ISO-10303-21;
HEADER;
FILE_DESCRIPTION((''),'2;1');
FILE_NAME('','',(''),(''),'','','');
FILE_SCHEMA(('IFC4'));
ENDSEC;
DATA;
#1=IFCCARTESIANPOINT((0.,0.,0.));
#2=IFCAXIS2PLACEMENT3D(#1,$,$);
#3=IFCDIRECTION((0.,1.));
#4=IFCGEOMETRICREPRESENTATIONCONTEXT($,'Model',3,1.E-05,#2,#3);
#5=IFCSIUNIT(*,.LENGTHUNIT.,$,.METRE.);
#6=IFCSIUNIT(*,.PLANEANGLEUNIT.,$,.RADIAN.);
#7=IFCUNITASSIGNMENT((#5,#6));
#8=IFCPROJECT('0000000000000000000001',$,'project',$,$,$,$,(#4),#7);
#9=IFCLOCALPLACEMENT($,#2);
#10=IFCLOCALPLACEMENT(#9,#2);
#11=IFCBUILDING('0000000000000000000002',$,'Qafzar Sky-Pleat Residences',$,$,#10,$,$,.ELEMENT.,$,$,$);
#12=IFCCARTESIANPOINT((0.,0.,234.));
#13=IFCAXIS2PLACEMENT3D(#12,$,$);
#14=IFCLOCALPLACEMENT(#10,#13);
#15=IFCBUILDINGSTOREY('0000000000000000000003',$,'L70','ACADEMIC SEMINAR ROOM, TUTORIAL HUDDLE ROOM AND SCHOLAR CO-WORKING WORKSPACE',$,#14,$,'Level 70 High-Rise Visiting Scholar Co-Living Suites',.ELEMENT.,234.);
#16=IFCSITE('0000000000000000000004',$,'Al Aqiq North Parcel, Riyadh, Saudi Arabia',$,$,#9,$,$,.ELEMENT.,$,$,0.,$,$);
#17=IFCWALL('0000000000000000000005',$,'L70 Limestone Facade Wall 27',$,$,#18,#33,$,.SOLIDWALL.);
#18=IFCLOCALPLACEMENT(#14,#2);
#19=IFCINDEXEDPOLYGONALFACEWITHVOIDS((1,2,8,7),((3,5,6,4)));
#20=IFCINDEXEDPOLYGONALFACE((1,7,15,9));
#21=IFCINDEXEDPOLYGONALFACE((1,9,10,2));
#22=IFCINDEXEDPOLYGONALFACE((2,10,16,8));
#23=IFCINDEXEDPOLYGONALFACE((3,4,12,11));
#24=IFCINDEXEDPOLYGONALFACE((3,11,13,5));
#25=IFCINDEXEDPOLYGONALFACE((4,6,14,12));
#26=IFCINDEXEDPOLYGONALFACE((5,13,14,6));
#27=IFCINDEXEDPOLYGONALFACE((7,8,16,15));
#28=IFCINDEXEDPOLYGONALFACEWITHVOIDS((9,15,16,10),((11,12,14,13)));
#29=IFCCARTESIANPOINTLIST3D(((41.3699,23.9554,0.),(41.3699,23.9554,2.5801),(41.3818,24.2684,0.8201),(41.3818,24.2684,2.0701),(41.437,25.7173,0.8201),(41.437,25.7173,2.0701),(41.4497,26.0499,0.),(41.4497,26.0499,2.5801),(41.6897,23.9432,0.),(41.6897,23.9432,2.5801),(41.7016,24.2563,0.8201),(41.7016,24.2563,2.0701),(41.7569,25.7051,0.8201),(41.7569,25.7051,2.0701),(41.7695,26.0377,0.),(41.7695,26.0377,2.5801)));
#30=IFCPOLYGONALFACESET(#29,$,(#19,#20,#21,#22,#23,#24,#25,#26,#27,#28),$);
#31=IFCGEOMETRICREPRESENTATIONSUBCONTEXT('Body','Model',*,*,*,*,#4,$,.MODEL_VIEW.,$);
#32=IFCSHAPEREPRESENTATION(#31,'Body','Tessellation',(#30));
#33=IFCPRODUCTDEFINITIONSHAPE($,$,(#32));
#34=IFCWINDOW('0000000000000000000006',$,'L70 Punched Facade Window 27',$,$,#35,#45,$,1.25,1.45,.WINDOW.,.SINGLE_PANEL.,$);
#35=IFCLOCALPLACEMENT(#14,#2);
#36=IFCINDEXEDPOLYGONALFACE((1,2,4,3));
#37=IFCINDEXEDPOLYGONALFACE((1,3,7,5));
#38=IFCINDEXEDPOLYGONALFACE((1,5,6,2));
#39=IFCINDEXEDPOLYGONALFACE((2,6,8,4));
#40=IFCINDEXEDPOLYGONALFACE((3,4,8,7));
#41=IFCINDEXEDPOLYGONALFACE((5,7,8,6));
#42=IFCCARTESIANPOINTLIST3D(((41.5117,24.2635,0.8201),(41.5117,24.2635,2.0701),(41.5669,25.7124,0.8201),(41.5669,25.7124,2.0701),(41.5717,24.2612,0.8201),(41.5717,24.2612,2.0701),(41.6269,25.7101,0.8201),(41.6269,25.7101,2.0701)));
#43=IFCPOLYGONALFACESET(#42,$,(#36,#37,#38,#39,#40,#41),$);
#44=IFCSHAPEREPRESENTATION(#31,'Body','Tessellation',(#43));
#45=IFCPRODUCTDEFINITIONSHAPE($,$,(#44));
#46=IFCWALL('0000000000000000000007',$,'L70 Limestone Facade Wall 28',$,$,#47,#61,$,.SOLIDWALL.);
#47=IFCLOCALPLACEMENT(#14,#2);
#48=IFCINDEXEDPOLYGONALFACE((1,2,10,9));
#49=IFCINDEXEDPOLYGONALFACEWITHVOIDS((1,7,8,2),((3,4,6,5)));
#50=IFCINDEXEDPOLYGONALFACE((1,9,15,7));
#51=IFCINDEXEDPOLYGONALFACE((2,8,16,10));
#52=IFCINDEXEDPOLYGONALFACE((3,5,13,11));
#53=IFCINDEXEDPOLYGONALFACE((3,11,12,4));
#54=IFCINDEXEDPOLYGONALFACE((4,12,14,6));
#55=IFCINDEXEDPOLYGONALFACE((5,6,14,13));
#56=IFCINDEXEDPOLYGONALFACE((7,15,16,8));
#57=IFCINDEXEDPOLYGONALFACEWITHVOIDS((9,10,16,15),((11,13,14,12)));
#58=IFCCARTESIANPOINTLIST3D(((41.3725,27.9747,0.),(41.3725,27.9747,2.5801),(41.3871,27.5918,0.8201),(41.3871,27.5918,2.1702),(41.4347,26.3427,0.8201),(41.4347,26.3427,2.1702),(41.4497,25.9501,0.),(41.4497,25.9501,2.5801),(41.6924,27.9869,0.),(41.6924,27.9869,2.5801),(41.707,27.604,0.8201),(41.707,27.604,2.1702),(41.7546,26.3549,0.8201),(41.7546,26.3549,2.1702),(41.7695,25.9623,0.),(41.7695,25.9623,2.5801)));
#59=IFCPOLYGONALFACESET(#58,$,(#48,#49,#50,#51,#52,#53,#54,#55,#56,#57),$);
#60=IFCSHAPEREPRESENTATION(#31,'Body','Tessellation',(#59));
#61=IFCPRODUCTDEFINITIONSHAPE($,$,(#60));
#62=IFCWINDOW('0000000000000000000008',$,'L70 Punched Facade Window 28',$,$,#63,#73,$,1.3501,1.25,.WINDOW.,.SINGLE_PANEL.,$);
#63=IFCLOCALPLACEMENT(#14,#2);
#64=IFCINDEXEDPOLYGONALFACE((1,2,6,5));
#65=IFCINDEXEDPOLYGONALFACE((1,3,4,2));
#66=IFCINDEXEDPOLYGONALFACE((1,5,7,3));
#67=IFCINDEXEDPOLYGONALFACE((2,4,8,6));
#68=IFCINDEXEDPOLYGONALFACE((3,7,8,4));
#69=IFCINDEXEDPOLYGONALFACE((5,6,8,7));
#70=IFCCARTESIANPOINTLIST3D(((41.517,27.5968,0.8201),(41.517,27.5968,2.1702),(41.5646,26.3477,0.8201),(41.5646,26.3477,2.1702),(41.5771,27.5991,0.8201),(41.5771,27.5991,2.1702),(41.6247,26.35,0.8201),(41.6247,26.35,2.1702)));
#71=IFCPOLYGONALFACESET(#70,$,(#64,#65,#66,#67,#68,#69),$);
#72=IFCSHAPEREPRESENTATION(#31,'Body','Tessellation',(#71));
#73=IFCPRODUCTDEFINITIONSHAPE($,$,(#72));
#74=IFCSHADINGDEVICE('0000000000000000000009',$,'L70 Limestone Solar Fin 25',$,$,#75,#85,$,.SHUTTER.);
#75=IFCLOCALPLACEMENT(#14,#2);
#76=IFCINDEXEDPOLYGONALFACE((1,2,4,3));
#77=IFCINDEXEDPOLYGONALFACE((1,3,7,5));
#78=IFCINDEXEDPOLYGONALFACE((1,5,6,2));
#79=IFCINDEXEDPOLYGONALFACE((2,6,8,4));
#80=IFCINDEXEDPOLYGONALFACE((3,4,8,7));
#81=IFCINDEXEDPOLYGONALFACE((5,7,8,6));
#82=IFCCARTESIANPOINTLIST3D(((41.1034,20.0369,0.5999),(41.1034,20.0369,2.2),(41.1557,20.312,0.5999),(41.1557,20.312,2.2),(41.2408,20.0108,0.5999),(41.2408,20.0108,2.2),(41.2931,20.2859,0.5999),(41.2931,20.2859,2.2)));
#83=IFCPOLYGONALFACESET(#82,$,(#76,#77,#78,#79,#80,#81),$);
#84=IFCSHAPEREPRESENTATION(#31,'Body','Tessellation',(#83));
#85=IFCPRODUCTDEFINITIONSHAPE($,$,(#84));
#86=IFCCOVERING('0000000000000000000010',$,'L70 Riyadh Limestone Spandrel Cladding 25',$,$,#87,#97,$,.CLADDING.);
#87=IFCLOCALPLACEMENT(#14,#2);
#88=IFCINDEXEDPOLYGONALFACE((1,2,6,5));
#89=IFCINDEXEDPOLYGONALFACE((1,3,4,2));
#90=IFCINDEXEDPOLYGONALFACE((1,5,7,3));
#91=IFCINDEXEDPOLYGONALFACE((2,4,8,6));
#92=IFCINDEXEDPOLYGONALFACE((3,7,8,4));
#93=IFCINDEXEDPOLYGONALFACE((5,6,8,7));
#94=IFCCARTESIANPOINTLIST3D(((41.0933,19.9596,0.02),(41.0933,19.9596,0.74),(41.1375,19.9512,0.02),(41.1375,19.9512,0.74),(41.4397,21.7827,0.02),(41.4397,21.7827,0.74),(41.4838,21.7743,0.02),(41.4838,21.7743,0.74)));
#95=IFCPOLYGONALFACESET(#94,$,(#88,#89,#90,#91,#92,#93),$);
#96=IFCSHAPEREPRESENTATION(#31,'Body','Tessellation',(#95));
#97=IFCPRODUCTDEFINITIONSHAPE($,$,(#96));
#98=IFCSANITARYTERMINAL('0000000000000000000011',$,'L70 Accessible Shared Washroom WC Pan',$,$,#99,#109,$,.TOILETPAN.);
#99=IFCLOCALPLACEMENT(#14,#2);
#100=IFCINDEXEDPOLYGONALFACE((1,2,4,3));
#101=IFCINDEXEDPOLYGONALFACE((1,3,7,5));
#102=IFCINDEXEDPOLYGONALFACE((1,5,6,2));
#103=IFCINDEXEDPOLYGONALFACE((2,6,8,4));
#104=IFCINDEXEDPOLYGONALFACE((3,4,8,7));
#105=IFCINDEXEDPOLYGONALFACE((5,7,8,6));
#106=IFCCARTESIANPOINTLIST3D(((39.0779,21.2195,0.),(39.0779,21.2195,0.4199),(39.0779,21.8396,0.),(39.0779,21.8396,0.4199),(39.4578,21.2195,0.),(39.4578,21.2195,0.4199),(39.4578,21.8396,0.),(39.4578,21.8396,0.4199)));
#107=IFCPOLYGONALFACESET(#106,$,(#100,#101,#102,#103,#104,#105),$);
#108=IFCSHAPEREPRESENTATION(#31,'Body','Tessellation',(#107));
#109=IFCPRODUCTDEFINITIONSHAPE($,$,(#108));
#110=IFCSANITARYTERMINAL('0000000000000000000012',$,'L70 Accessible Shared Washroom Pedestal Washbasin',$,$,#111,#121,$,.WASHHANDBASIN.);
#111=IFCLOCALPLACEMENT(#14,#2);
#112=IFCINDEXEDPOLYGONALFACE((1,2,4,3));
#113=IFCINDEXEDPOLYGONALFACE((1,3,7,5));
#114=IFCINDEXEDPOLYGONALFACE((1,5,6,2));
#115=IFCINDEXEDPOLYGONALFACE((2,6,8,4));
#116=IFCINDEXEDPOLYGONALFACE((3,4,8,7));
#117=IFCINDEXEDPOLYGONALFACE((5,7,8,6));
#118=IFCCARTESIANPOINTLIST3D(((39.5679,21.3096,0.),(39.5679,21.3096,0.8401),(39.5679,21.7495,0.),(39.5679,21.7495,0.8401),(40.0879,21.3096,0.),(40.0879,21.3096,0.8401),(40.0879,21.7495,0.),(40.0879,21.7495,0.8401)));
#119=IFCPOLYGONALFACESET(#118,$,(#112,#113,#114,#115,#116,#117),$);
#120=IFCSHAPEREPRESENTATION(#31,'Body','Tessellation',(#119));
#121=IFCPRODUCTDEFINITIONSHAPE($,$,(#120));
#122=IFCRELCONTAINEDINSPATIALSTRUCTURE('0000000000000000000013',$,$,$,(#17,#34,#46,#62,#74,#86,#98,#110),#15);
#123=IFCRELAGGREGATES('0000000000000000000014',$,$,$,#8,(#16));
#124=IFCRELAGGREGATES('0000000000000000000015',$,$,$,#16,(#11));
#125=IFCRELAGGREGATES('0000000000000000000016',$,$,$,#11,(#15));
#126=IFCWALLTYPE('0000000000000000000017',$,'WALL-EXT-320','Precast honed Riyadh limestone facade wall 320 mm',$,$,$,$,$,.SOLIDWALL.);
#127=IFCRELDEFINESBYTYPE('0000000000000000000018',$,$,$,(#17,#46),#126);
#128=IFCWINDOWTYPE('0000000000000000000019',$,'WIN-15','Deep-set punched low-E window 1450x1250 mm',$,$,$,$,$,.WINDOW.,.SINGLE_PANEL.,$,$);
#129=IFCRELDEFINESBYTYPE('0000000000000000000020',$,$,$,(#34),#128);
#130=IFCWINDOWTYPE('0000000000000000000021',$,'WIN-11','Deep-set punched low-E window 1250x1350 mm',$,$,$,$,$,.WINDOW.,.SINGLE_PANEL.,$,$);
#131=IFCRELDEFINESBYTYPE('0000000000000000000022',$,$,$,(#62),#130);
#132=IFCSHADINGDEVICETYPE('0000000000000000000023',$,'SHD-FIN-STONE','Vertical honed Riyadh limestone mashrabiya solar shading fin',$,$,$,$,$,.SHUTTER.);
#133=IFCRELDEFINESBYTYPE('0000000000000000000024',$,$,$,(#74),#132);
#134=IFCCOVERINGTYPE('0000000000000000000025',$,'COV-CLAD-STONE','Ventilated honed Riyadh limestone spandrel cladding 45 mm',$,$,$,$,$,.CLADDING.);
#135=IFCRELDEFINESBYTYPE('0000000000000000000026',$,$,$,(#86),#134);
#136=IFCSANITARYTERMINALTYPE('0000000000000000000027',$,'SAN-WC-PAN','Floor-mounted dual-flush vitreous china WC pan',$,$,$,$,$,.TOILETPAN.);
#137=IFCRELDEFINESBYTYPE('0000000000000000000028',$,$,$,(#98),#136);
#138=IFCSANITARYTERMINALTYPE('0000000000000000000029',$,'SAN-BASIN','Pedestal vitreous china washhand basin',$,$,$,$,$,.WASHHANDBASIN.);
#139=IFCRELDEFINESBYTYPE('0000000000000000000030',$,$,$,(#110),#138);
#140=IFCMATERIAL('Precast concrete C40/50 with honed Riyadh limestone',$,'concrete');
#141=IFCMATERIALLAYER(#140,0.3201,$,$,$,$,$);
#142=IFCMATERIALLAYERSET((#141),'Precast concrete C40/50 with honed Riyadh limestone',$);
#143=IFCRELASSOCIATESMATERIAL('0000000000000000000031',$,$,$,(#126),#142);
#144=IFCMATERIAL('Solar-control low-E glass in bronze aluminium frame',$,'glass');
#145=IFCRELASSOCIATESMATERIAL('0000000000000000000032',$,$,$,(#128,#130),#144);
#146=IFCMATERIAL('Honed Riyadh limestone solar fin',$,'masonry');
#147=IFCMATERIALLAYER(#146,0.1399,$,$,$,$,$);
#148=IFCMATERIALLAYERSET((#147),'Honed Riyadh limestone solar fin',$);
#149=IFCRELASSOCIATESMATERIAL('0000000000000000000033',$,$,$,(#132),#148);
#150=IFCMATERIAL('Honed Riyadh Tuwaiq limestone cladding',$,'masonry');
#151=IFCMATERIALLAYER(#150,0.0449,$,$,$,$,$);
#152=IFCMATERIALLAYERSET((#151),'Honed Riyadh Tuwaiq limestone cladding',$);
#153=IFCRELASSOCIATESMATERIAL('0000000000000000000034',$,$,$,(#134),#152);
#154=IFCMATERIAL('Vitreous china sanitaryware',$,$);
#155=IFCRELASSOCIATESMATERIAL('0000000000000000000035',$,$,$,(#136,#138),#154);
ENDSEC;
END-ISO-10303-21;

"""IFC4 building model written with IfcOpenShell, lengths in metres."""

from ifc_helpers import new_model, si_unit, direction, frame, frame_2d, origin, origin_2d, place, context, subcontext, project, spatial, rectangle, extrude, source, transform, mapped, material, layer, layer_set, type_object, element, fill, save


model = new_model("IFC4")

# Units and contexts
model_context = context("Model", 3, precision=1e-05, world=origin(), true_north=direction((0.0, 1.0)))
body_context = subcontext(model_context, "Body", "Model", "MODEL_VIEW")
ifc_project = project(units=[si_unit("LENGTHUNIT", "METRE"), si_unit("PLANEANGLEUNIT", "RADIAN")], contexts=[model_context])

# Site, building, storey
site_placement = place(None, origin())
site = spatial("IfcSite", under=ifc_project, at=site_placement, Name="Al Aqiq North Parcel, Riyadh, Saudi Arabia", CompositionType="ELEMENT", RefElevation=0.0)
building_placement = place(site_placement, origin())
building = spatial("IfcBuilding", under=site, at=building_placement, Name="Qafzar Sky-Pleat Residences", CompositionType="ELEMENT")
storey_placement = place(building_placement, frame((0.0, 0.0, 234.0)))
storey = spatial("IfcBuildingStorey", under=building, at=storey_placement, Name="L70", Description="ACADEMIC SEMINAR ROOM, TUTORIAL HUDDLE ROOM AND SCHOLAR CO-WORKING WORKSPACE", LongName="Level 70 High-Rise Visiting Scholar Co-Living Suites", CompositionType="ELEMENT", Elevation=234.0)

# Walls, openings, windows
ifc_material_1 = material(Name="Precast concrete C40/50 with honed Riyadh limestone", Category="concrete")
ifc_layer_1 = layer(ifc_material_1, 0.3201)
ifc_layer_set_1 = layer_set([ifc_layer_1], Name="Precast concrete C40/50 with honed Riyadh limestone")
wall_type_1 = type_object("IfcWallType", Name="WALL-EXT-320", Description="Precast honed Riyadh limestone facade wall 320 mm", PredefinedType="SOLIDWALL", material=ifc_layer_set_1)
ifc_material_2 = material(Name="Solar-control low-E glass in bronze aluminium frame", Category="glass")
wall_1_placement = place(storey_placement, frame((41.5298, 23.9495, 0.0), z_axis=(0.0, 0.0, 1.0), x_axis=(0.038089, 0.999274, 0.0)))
wall_1 = element("IfcWall", 1, at=wall_1_placement, inside=storey, type_object=wall_type_1, Name="L70 Limestone Facade Wall 27", PredefinedType="SOLIDWALL", context=body_context, shape_type="SweptSolid", body=[
    extrude(rectangle(XDim=2.0959, YDim=0.3201, at=frame_2d((1.0479, 0.0))), origin(), (0.0, 0.0, 1.0), 2.5801),
])
opening_1_placement = place(wall_1_placement, frame((0.313, 0.0, 0.8201)))
opening_1 = element("IfcOpeningElement", 2, at=opening_1_placement, cuts=wall_1, PredefinedType="OPENING", context=body_context, shape_type="SweptSolid", body=[
    extrude(rectangle(XDim=1.45, YDim=1.25, at=frame_2d((0.7251, 0.625))), frame((0.0, 0.1699, 0.0), z_axis=(0.0, -1.0, 0.0), x_axis=(1.0, 0.0, 0.0)), (0.0, 0.0, 1.0), 0.3401),
])
window_type_1 = type_object("IfcWindowType", Name="WIN-15", Description="Deep-set punched low-E window 1450x1250 mm", PartitioningType="SINGLE_PANEL", PredefinedType="WINDOW", material=ifc_material_2)
shared_shape_1 = source(origin(), body_context, "Body", "SweptSolid", [
    extrude(rectangle(XDim=1.45, YDim=1.25, at=frame_2d((0.7251, 0.625))), frame((0.0, 0.03, 0.0), z_axis=(0.0, -1.0, 0.0), x_axis=(1.0, 0.0, 0.0)), (0.0, 0.0, 1.0), 0.0601),
])
window_1_placement = place(opening_1_placement, origin())
window_1 = element("IfcWindow", 3, at=window_1_placement, inside=storey, type_object=window_type_1, Name="L70 Punched Facade Window 27", OverallHeight=1.25, OverallWidth=1.45, PartitioningType="SINGLE_PANEL", PredefinedType="WINDOW", context=body_context, shape_type="MappedRepresentation", body=[
    mapped(shared_shape_1, transform((0.0, 0.0, 0.0), x_axis=(1.0, 0.0, 0.0), y_axis=(0.0, 1.0, 0.0), z_axis=(0.0, 0.0, 1.0), scale=1.0)),
])
fill(opening_1, window_1)
wall_2_placement = place(storey_placement, frame((41.6096, 25.9561, 0.0), z_axis=(0.0, 0.0, 1.0), x_axis=(-0.038077, 0.999275, 0.0)))
wall_2 = element("IfcWall", 4, at=wall_2_placement, inside=storey, type_object=wall_type_1, Name="L70 Limestone Facade Wall 28", PredefinedType="SOLIDWALL", context=body_context, shape_type="SweptSolid", body=[
    extrude(rectangle(XDim=2.0261, YDim=0.3201, at=frame_2d((1.0132, 0.0))), origin(), (0.0, 0.0, 1.0), 2.5801),
])
opening_2_placement = place(wall_2_placement, frame((0.3931, 0.0, 0.8201)))
opening_2 = element("IfcOpeningElement", 5, at=opening_2_placement, cuts=wall_2, PredefinedType="OPENING", context=body_context, shape_type="SweptSolid", body=[
    extrude(rectangle(XDim=1.25, YDim=1.3501, at=frame_2d((0.625, 0.675))), frame((0.0, 0.1699, 0.0), z_axis=(0.0, -1.0, 0.0), x_axis=(1.0, 0.0, 0.0)), (0.0, 0.0, 1.0), 0.3401),
])
window_type_2 = type_object("IfcWindowType", Name="WIN-11", Description="Deep-set punched low-E window 1250x1350 mm", PartitioningType="SINGLE_PANEL", PredefinedType="WINDOW", material=ifc_material_2)
shared_shape_2 = source(origin(), body_context, "Body", "SweptSolid", [
    extrude(rectangle(XDim=1.25, YDim=1.3501, at=frame_2d((0.625, 0.675))), frame((0.0, 0.03, 0.0), z_axis=(0.0, -1.0, 0.0), x_axis=(1.0, 0.0, 0.0)), (0.0, 0.0, 1.0), 0.0601),
])
window_2_placement = place(opening_2_placement, origin())
window_2 = element("IfcWindow", 6, at=window_2_placement, inside=storey, type_object=window_type_2, Name="L70 Punched Facade Window 28", OverallHeight=1.3501, OverallWidth=1.25, PartitioningType="SINGLE_PANEL", PredefinedType="WINDOW", context=body_context, shape_type="MappedRepresentation", body=[
    mapped(shared_shape_2, transform((0.0, 0.0, 0.0), x_axis=(1.0, 0.0, 0.0), y_axis=(0.0, 1.0, 0.0), z_axis=(0.0, 0.0, 1.0), scale=1.0)),
])
fill(opening_2, window_2)

# Shading device
ifc_material_3 = material(Name="Honed Riyadh limestone solar fin", Category="masonry")
ifc_layer_2 = layer(ifc_material_3, 0.1399)
ifc_layer_set_2 = layer_set([ifc_layer_2], Name="Honed Riyadh limestone solar fin")
shading_device_type = type_object("IfcShadingDeviceType", Name="SHD-FIN-STONE", Description="Vertical honed Riyadh limestone mashrabiya solar shading fin", PredefinedType="SHUTTER", material=ifc_layer_set_2)
shared_shape_3 = source(origin(), body_context, "Body", "SweptSolid", [
    extrude(rectangle(XDim=0.1399, YDim=0.28, at=origin_2d()), origin(), (0.0, 0.0, 1.0), 1.6001),
])
shading_device_placement = place(storey_placement, frame((41.1982, 20.1614, 0.5999), z_axis=(0.0, 0.0, 1.0), x_axis=(0.982431, -0.186627, 0.0)))
element("IfcShadingDevice", 7, at=shading_device_placement, inside=storey, type_object=shading_device_type, Name="L70 Limestone Solar Fin 25", PredefinedType="SHUTTER", context=body_context, shape_type="MappedRepresentation", body=[
    mapped(shared_shape_3, transform((0.0, 0.0, 0.0), x_axis=(1.0, 0.0, 0.0), y_axis=(0.0, 1.0, 0.0), z_axis=(0.0, 0.0, 1.0), scale=1.0)),
])

# Covering
ifc_material_4 = material(Name="Honed Riyadh Tuwaiq limestone cladding", Category="masonry")
ifc_layer_3 = layer(ifc_material_4, 0.0449)
ifc_layer_set_3 = layer_set([ifc_layer_3], Name="Honed Riyadh Tuwaiq limestone cladding")
covering_type = type_object("IfcCoveringType", Name="COV-CLAD-STONE", Description="Ventilated honed Riyadh limestone spandrel cladding 45 mm", PredefinedType="CLADDING", material=ifc_layer_set_3)
shared_shape_4 = source(origin(), body_context, "Body", "SweptSolid", [
    extrude(rectangle(XDim=1.8557, YDim=0.0449, at=origin_2d()), origin(), (0.0, 0.0, 1.0), 0.72),
])
covering_placement = place(storey_placement, frame((41.2886, 20.8669, 0.02), z_axis=(0.0, 0.0, 1.0), x_axis=(0.186631, 0.98243, 0.0)))
element("IfcCovering", 8, at=covering_placement, inside=storey, type_object=covering_type, Name="L70 Riyadh Limestone Spandrel Cladding 25", PredefinedType="CLADDING", context=body_context, shape_type="MappedRepresentation", body=[
    mapped(shared_shape_4, transform((0.0, 0.0, 0.0), x_axis=(1.0, 0.0, 0.0), y_axis=(0.0, 1.0, 0.0), z_axis=(0.0, 0.0, 1.0), scale=1.0)),
])

# Sanitary terminals
ifc_material_5 = material(Name="Vitreous china sanitaryware")
sanitary_terminal_type_1 = type_object("IfcSanitaryTerminalType", Name="SAN-WC-PAN", Description="Floor-mounted dual-flush vitreous china WC pan", PredefinedType="TOILETPAN", material=ifc_material_5)
shared_shape_5 = source(origin(), body_context, "Body", "SweptSolid", [
    extrude(rectangle(XDim=0.3799, YDim=0.6201, at=origin_2d()), origin(), (0.0, 0.0, 1.0), 0.4199),
])
sanitary_terminal_1_placement = place(storey_placement, frame((39.2678, 21.5295, 0.0), z_axis=(0.0, 0.0, 1.0), x_axis=(1.0, 0.0, 0.0)))
element("IfcSanitaryTerminal", 9, at=sanitary_terminal_1_placement, inside=storey, type_object=sanitary_terminal_type_1, Name="L70 Accessible Shared Washroom WC Pan", PredefinedType="TOILETPAN", context=body_context, shape_type="MappedRepresentation", body=[
    mapped(shared_shape_5, transform((0.0, 0.0, 0.0), x_axis=(1.0, 0.0, 0.0), y_axis=(0.0, 1.0, 0.0), z_axis=(0.0, 0.0, 1.0), scale=1.0)),
])
sanitary_terminal_type_2 = type_object("IfcSanitaryTerminalType", Name="SAN-BASIN", Description="Pedestal vitreous china washhand basin", PredefinedType="WASHHANDBASIN", material=ifc_material_5)
shared_shape_6 = source(origin(), body_context, "Body", "SweptSolid", [
    extrude(rectangle(XDim=0.52, YDim=0.4399, at=origin_2d()), origin(), (0.0, 0.0, 1.0), 0.8401),
])
sanitary_terminal_2_placement = place(storey_placement, frame((39.8279, 21.5295, 0.0), z_axis=(0.0, 0.0, 1.0), x_axis=(1.0, 0.0, 0.0)))
element("IfcSanitaryTerminal", 10, at=sanitary_terminal_2_placement, inside=storey, type_object=sanitary_terminal_type_2, Name="L70 Accessible Shared Washroom Pedestal Washbasin", PredefinedType="WASHHANDBASIN", context=body_context, shape_type="MappedRepresentation", body=[
    mapped(shared_shape_6, transform((0.0, 0.0, 0.0), x_axis=(1.0, 0.0, 0.0), y_axis=(0.0, 1.0, 0.0), z_axis=(0.0, 0.0, 1.0), scale=1.0)),
])

save(model, "model.ifc")
